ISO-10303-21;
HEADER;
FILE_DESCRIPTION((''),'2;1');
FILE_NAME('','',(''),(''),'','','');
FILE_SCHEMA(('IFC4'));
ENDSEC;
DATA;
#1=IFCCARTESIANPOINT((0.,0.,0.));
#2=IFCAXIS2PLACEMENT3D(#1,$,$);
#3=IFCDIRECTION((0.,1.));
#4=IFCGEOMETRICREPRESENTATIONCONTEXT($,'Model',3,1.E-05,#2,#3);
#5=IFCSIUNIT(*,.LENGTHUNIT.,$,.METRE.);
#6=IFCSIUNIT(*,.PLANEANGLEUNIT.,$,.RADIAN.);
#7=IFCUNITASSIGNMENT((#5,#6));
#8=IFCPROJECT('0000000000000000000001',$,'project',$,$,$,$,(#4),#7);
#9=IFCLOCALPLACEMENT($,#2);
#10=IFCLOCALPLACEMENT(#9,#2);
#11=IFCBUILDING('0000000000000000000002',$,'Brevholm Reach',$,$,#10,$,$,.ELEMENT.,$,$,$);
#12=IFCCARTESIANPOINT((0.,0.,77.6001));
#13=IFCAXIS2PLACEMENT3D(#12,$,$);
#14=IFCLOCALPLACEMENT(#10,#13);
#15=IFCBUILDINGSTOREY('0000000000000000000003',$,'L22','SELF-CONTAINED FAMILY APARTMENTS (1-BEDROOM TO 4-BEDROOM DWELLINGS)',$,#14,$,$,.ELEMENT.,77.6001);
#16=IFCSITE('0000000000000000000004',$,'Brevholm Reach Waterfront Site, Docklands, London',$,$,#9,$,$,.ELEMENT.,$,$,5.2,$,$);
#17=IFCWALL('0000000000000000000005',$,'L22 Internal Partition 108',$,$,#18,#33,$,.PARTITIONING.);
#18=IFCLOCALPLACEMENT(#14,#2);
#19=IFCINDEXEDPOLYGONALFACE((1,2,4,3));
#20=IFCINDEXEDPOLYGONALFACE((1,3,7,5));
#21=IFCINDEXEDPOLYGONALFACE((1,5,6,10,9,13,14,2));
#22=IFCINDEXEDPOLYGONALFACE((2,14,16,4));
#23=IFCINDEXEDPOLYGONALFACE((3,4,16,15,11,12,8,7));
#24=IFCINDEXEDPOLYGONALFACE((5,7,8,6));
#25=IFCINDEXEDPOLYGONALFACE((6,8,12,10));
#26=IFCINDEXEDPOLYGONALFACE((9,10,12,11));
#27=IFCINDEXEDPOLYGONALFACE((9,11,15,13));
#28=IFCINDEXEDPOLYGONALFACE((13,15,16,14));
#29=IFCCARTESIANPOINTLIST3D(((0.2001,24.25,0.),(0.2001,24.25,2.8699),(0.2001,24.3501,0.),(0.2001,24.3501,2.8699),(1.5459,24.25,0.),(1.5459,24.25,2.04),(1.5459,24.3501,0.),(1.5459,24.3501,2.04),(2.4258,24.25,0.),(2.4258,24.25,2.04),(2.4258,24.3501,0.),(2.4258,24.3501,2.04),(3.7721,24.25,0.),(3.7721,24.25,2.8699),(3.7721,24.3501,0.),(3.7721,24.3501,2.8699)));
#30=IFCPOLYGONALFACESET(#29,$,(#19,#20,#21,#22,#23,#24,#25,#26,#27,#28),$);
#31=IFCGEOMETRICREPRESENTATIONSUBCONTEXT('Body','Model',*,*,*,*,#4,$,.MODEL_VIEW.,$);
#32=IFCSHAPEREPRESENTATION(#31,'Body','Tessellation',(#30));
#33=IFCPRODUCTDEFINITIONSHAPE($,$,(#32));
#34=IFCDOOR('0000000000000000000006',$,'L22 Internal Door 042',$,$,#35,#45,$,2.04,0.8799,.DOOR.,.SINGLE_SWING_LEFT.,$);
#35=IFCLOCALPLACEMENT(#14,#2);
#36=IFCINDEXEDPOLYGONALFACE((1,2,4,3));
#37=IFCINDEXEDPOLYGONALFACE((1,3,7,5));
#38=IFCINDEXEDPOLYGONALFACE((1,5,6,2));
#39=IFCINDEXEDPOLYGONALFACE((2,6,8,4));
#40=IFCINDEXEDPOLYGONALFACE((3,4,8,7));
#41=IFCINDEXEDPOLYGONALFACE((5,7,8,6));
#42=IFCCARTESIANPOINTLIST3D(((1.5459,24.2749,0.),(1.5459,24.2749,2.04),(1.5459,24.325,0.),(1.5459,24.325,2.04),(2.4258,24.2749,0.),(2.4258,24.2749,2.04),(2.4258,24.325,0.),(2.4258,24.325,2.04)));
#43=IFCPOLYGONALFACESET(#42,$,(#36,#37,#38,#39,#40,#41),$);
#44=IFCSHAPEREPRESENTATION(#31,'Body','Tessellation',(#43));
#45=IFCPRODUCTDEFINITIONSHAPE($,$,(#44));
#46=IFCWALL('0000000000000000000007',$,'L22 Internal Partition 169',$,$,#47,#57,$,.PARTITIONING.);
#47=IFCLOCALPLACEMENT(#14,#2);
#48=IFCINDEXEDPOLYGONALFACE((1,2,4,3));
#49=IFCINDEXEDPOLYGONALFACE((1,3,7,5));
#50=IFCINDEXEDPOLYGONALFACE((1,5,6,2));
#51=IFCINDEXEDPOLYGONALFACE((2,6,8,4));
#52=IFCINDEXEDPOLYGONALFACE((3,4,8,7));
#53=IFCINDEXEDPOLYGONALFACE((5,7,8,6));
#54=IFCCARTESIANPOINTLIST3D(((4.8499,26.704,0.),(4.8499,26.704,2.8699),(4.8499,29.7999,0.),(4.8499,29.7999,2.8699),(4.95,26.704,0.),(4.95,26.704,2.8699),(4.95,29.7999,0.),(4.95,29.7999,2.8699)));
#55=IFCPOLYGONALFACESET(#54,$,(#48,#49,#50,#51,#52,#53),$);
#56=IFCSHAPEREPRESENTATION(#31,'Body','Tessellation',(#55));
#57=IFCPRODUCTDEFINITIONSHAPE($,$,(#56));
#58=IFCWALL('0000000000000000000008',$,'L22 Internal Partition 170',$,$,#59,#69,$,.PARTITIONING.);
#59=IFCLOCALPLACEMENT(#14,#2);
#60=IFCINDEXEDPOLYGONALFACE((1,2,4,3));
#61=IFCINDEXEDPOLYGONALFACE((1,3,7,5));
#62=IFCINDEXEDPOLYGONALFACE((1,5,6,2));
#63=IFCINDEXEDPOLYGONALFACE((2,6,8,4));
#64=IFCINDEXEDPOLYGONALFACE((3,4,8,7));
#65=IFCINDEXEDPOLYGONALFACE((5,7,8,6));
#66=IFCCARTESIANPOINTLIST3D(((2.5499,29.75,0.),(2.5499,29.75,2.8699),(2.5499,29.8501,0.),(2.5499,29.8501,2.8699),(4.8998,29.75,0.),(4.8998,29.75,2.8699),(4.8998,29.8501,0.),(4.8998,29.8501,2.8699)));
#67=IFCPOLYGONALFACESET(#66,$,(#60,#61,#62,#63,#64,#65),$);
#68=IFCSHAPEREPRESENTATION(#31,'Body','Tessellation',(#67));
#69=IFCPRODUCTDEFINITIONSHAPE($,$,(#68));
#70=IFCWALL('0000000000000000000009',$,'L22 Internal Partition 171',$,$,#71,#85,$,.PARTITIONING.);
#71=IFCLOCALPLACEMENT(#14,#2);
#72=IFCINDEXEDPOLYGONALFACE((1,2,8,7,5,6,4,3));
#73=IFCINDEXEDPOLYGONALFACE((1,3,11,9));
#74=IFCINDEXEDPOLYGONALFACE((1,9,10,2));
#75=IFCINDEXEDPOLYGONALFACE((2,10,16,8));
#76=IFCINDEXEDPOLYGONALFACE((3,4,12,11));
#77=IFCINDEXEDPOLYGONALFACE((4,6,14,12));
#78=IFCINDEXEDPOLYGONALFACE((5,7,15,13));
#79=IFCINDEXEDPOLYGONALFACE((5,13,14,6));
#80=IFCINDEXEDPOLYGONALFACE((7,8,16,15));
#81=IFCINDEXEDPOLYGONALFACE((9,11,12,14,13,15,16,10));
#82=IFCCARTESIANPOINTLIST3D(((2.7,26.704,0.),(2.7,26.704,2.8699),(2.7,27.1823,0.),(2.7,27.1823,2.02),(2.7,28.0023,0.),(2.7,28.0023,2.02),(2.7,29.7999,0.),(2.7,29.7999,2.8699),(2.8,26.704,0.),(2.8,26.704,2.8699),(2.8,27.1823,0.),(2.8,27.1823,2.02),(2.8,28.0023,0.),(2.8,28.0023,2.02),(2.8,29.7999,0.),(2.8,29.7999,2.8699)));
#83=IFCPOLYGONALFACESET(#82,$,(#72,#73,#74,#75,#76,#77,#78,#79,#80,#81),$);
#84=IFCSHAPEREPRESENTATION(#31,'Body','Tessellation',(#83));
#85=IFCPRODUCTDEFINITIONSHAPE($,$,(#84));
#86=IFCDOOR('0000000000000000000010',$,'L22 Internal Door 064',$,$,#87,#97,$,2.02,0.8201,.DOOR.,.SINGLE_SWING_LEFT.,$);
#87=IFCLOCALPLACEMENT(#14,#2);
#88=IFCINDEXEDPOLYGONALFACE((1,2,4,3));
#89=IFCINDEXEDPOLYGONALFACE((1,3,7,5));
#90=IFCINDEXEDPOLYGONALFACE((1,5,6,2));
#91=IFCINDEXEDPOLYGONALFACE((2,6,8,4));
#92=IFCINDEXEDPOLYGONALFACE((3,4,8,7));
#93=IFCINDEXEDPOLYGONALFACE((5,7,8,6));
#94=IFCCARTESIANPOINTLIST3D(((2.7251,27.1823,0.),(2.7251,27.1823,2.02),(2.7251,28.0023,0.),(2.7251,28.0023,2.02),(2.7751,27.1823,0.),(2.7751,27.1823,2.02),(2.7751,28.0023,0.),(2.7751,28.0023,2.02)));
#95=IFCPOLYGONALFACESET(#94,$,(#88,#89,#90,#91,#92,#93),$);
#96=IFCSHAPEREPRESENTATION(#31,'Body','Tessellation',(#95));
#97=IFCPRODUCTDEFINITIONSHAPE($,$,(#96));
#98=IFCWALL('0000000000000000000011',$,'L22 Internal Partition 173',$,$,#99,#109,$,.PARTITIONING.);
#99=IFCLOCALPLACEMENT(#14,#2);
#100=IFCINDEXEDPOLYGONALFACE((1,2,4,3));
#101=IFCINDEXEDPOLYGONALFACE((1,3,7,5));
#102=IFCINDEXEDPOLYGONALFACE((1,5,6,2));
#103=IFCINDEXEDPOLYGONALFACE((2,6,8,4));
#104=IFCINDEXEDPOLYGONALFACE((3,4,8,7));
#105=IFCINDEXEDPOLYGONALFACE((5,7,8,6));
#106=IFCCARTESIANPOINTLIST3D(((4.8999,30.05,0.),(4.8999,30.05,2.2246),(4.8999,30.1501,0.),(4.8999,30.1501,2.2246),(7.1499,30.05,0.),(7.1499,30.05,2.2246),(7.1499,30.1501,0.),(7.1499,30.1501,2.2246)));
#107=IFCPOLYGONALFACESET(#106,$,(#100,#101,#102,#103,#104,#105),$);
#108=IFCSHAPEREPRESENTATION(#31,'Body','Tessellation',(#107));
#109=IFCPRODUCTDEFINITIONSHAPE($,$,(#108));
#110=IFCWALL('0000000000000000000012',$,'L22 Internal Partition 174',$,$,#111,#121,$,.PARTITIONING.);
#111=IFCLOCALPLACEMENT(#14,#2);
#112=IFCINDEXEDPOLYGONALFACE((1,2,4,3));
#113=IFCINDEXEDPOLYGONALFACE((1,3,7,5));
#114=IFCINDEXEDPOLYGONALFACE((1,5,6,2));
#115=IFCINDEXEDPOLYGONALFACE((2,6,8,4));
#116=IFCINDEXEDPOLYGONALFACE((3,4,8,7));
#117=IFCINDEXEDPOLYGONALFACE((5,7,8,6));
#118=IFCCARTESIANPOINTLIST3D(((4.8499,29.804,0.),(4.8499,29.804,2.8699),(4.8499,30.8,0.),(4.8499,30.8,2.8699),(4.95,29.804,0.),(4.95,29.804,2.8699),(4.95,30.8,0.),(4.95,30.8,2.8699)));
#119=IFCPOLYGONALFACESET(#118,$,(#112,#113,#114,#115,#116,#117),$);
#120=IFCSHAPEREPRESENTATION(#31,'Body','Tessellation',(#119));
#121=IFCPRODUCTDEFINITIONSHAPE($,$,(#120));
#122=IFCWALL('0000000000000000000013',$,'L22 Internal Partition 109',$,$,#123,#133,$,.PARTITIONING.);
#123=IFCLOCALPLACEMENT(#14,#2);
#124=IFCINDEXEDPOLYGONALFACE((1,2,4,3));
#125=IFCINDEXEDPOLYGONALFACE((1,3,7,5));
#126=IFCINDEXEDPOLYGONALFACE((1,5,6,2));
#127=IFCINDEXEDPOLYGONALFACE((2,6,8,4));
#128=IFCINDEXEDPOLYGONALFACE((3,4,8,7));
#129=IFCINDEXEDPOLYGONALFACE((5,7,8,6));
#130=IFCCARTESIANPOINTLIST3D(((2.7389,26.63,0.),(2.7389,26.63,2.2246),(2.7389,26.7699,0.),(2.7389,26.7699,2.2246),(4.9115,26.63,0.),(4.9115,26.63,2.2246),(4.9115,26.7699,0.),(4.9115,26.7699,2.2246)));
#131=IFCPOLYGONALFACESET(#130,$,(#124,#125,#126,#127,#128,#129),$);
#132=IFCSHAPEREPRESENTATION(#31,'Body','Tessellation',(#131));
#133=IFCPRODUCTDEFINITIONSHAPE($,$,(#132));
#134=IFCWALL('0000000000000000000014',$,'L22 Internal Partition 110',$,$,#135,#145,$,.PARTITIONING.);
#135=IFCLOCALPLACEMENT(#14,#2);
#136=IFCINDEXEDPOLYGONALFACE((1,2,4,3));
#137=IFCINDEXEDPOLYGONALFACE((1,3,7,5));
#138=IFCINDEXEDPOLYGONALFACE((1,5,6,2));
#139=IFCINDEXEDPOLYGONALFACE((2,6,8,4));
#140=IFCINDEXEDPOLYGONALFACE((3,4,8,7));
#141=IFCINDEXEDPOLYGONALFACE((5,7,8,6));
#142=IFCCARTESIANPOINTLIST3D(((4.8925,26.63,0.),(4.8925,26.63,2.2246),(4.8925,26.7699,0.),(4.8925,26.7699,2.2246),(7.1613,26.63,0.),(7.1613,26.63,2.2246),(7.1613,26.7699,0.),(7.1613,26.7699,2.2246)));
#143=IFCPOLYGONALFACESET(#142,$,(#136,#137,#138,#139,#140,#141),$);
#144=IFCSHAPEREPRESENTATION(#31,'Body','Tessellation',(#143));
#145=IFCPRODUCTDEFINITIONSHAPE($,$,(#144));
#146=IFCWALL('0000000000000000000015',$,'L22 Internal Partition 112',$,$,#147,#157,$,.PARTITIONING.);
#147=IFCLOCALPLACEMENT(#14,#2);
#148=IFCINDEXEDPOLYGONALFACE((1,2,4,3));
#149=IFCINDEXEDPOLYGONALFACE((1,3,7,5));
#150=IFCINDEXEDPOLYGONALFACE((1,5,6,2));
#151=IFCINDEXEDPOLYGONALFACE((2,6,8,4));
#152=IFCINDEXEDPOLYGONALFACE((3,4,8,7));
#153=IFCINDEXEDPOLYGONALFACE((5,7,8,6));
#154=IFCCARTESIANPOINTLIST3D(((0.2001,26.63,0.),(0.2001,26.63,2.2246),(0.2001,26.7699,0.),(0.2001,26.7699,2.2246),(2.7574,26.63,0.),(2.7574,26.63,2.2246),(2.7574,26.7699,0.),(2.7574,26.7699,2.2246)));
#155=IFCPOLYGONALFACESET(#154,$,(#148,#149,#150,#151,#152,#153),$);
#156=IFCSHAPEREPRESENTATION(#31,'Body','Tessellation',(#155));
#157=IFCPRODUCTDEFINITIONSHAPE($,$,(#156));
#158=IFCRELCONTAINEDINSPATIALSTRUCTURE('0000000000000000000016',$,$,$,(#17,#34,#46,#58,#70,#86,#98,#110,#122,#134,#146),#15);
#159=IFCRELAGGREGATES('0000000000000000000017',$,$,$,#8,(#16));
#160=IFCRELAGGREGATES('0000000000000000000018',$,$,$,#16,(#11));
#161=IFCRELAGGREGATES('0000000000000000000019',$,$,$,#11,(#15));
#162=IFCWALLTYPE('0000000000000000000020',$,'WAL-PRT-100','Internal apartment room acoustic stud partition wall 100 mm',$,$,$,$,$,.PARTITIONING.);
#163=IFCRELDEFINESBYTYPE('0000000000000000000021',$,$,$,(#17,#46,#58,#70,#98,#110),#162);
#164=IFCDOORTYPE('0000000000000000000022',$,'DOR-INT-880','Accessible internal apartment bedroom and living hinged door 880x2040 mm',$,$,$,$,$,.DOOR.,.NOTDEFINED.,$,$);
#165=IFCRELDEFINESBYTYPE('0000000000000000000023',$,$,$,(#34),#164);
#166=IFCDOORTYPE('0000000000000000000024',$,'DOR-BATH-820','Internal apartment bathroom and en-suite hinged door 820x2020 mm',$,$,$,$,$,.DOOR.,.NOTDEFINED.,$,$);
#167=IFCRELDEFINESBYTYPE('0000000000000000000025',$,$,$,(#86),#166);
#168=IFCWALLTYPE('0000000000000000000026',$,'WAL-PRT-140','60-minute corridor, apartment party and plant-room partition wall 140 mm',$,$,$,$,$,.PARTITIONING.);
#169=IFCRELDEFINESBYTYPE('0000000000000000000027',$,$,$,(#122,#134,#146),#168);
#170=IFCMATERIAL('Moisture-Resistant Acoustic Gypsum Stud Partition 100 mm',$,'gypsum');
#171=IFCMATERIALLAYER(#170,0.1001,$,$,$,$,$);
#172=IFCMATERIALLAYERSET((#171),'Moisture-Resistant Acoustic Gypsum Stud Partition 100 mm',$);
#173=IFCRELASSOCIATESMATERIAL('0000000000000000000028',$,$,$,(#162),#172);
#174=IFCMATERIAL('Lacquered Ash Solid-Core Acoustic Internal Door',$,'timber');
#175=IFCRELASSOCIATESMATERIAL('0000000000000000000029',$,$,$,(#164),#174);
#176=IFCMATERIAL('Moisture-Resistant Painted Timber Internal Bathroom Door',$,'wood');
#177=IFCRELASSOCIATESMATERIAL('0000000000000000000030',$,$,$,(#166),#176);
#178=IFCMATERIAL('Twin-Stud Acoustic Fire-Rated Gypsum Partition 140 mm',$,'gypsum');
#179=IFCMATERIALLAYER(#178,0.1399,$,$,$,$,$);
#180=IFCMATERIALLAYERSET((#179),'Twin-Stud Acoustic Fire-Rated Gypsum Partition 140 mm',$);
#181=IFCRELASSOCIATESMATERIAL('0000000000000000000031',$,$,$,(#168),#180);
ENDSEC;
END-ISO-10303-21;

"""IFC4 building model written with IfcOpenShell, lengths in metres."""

from ifc_helpers import new_model, si_unit, direction, frame, frame_2d, origin, place, context, subcontext, project, spatial, rectangle, extrude, material, layer, layer_set, type_object, element, fill, save


model = new_model("IFC4")

# Units and contexts
model_context = context("Model", 3, precision=1e-05, world=origin(), true_north=direction((0.0, 1.0)))
body_context = subcontext(model_context, "Body", "Model", "MODEL_VIEW")
ifc_project = project(units=[si_unit("LENGTHUNIT", "METRE"), si_unit("PLANEANGLEUNIT", "RADIAN")], contexts=[model_context])

# Site, building, storey
site_placement = place(None, origin())
site = spatial("IfcSite", under=ifc_project, at=site_placement, Name="Brevholm Reach Waterfront Site, Docklands, London", CompositionType="ELEMENT", RefElevation=5.2)
building_placement = place(site_placement, origin())
building = spatial("IfcBuilding", under=site, at=building_placement, Name="Brevholm Reach", CompositionType="ELEMENT")
storey_placement = place(building_placement, frame((0.0, 0.0, 77.6001)))
storey = spatial("IfcBuildingStorey", under=building, at=storey_placement, Name="L22", Description="SELF-CONTAINED FAMILY APARTMENTS (1-BEDROOM TO 4-BEDROOM DWELLINGS)", CompositionType="ELEMENT", Elevation=77.6001)

# Wall, opening, door
ifc_material_1 = material(Name="Moisture-Resistant Acoustic Gypsum Stud Partition 100 mm", Category="gypsum")
ifc_layer_1 = layer(ifc_material_1, 0.1001)
ifc_layer_set_1 = layer_set([ifc_layer_1], Name="Moisture-Resistant Acoustic Gypsum Stud Partition 100 mm")
wall_type_1 = type_object("IfcWallType", Name="WAL-PRT-100", Description="Internal apartment room acoustic stud partition wall 100 mm", PredefinedType="PARTITIONING", material=ifc_layer_set_1)
wall_1_placement = place(storey_placement, frame((0.2, 24.3, 0.0), z_axis=(0.0, 0.0, 1.0), x_axis=(1.0, 0.0, 0.0)))
wall_1 = element("IfcWall", 1, at=wall_1_placement, inside=storey, type_object=wall_type_1, Name="L22 Internal Partition 108", PredefinedType="PARTITIONING", context=body_context, shape_type="SweptSolid", body=[
    extrude(rectangle(XDim=3.572, YDim=0.1001, at=frame_2d((1.7861, 0.0))), origin(), (0.0, 0.0, 1.0), 2.8699),
])
opening_1_placement = place(wall_1_placement, frame((1.3459, 0.0, 0.0)))
opening_1 = element("IfcOpeningElement", 2, at=opening_1_placement, cuts=wall_1, PredefinedType="OPENING", context=body_context, shape_type="SweptSolid", body=[
    extrude(rectangle(XDim=0.8799, YDim=2.04, at=frame_2d((0.4399, 1.02))), frame((0.0, 0.0601, 0.0), z_axis=(0.0, -1.0, 0.0), x_axis=(1.0, 0.0, 0.0)), (0.0, 0.0, 1.0), 0.1201),
])
ifc_material_2 = material(Name="Lacquered Ash Solid-Core Acoustic Internal Door", Category="timber")
door_type_1 = type_object("IfcDoorType", Name="DOR-INT-880", Description="Accessible internal apartment bedroom and living hinged door 880x2040 mm", OperationType="NOTDEFINED", PredefinedType="DOOR", material=ifc_material_2)
door_1_placement = place(opening_1_placement, origin())
door_1 = element("IfcDoor", 3, at=door_1_placement, inside=storey, type_object=door_type_1, Name="L22 Internal Door 042", OperationType="SINGLE_SWING_LEFT", OverallHeight=2.04, OverallWidth=0.8799, PredefinedType="DOOR", context=body_context, shape_type="SweptSolid", body=[
    extrude(rectangle(XDim=0.8799, YDim=2.04, at=frame_2d((0.4399, 1.02))), frame((0.0, 0.0249, 0.0), z_axis=(0.0, -1.0, 0.0), x_axis=(1.0, 0.0, 0.0)), (0.0, 0.0, 1.0), 0.05),
])
fill(opening_1, door_1)

# Walls
wall_2_placement = place(storey_placement, frame((4.8999, 26.7041, 0.0), z_axis=(0.0, 0.0, 1.0), x_axis=(0.0, 1.0, 0.0)))
element("IfcWall", 4, at=wall_2_placement, inside=storey, type_object=wall_type_1, Name="L22 Internal Partition 169", PredefinedType="PARTITIONING", context=body_context, shape_type="SweptSolid", body=[
    extrude(rectangle(XDim=3.0959, YDim=0.1001, at=frame_2d((1.5479, 0.0))), origin(), (0.0, 0.0, 1.0), 2.8699),
])
wall_3_placement = place(storey_placement, frame((2.55, 29.8, 0.0), z_axis=(0.0, 0.0, 1.0), x_axis=(1.0, 0.0, 0.0)))
element("IfcWall", 5, at=wall_3_placement, inside=storey, type_object=wall_type_1, Name="L22 Internal Partition 170", PredefinedType="PARTITIONING", context=body_context, shape_type="SweptSolid", body=[
    extrude(rectangle(XDim=2.3499, YDim=0.1001, at=frame_2d((1.1748, 0.0))), origin(), (0.0, 0.0, 1.0), 2.8699),
])

# Wall, opening, door
wall_4_placement = place(storey_placement, frame((2.75, 26.7041, 0.0), z_axis=(0.0, 0.0, 1.0), x_axis=(0.0, 1.0, 0.0)))
wall_4 = element("IfcWall", 6, at=wall_4_placement, inside=storey, type_object=wall_type_1, Name="L22 Internal Partition 171", PredefinedType="PARTITIONING", context=body_context, shape_type="SweptSolid", body=[
    extrude(rectangle(XDim=3.0959, YDim=0.1001, at=frame_2d((1.5479, 0.0))), origin(), (0.0, 0.0, 1.0), 2.8699),
])
opening_2_placement = place(wall_4_placement, frame((0.478, 0.0, 0.0)))
opening_2 = element("IfcOpeningElement", 7, at=opening_2_placement, cuts=wall_4, PredefinedType="OPENING", context=body_context, shape_type="SweptSolid", body=[
    extrude(rectangle(XDim=0.8201, YDim=2.02, at=frame_2d((0.4102, 1.01))), frame((0.0, 0.0601, 0.0), z_axis=(0.0, -1.0, 0.0), x_axis=(1.0, 0.0, 0.0)), (0.0, 0.0, 1.0), 0.1201),
])
ifc_material_3 = material(Name="Moisture-Resistant Painted Timber Internal Bathroom Door", Category="wood")
door_type_2 = type_object("IfcDoorType", Name="DOR-BATH-820", Description="Internal apartment bathroom and en-suite hinged door 820x2020 mm", OperationType="NOTDEFINED", PredefinedType="DOOR", material=ifc_material_3)
door_2_placement = place(opening_2_placement, origin())
door_2 = element("IfcDoor", 8, at=door_2_placement, inside=storey, type_object=door_type_2, Name="L22 Internal Door 064", OperationType="SINGLE_SWING_LEFT", OverallHeight=2.02, OverallWidth=0.8201, PredefinedType="DOOR", context=body_context, shape_type="SweptSolid", body=[
    extrude(rectangle(XDim=0.8201, YDim=2.02, at=frame_2d((0.4102, 1.01))), frame((0.0, 0.0249, 0.0), z_axis=(0.0, -1.0, 0.0), x_axis=(1.0, 0.0, 0.0)), (0.0, 0.0, 1.0), 0.05),
])
fill(opening_2, door_2)

# Walls
wall_5_placement = place(storey_placement, frame((4.8999, 30.1001, 0.0), z_axis=(0.0, 0.0, 1.0), x_axis=(1.0, 0.0, 0.0)))
element("IfcWall", 9, at=wall_5_placement, inside=storey, type_object=wall_type_1, Name="L22 Internal Partition 173", PredefinedType="PARTITIONING", context=body_context, shape_type="SweptSolid", body=[
    extrude(rectangle(XDim=2.25, YDim=0.1001, at=frame_2d((1.125, 0.0))), origin(), (0.0, 0.0, 1.0), 2.2246),
])
wall_6_placement = place(storey_placement, frame((4.8999, 29.804, 0.0), z_axis=(0.0, 0.0, 1.0), x_axis=(0.0, 1.0, 0.0)))
element("IfcWall", 10, at=wall_6_placement, inside=storey, type_object=wall_type_1, Name="L22 Internal Partition 174", PredefinedType="PARTITIONING", context=body_context, shape_type="SweptSolid", body=[
    extrude(rectangle(XDim=0.9961, YDim=0.1001, at=frame_2d((0.498, 0.0))), origin(), (0.0, 0.0, 1.0), 2.8699),
])
ifc_material_4 = material(Name="Twin-Stud Acoustic Fire-Rated Gypsum Partition 140 mm", Category="gypsum")
ifc_layer_2 = layer(ifc_material_4, 0.1399)
ifc_layer_set_2 = layer_set([ifc_layer_2], Name="Twin-Stud Acoustic Fire-Rated Gypsum Partition 140 mm")
wall_type_2 = type_object("IfcWallType", Name="WAL-PRT-140", Description="60-minute corridor, apartment party and plant-room partition wall 140 mm", PredefinedType="PARTITIONING", material=ifc_layer_set_2)
wall_7_placement = place(storey_placement, frame((2.7388, 26.7, 0.0), z_axis=(0.0, 0.0, 1.0), x_axis=(1.0, 0.0, 0.0)))
element("IfcWall", 11, at=wall_7_placement, inside=storey, type_object=wall_type_2, Name="L22 Internal Partition 109", PredefinedType="PARTITIONING", context=body_context, shape_type="SweptSolid", body=[
    extrude(rectangle(XDim=2.1726, YDim=0.1399, at=frame_2d((1.0864, 0.0))), origin(), (0.0, 0.0, 1.0), 2.2246),
])
wall_8_placement = place(storey_placement, frame((4.8926, 26.7, 0.0), z_axis=(0.0, 0.0, 1.0), x_axis=(1.0, 0.0, 0.0)))
element("IfcWall", 12, at=wall_8_placement, inside=storey, type_object=wall_type_2, Name="L22 Internal Partition 110", PredefinedType="PARTITIONING", context=body_context, shape_type="SweptSolid", body=[
    extrude(rectangle(XDim=2.2688, YDim=0.1399, at=frame_2d((1.1343, 0.0))), origin(), (0.0, 0.0, 1.0), 2.2246),
])
wall_9_placement = place(storey_placement, frame((0.2, 26.7, 0.0), z_axis=(0.0, 0.0, 1.0), x_axis=(1.0, 0.0, 0.0)))
element("IfcWall", 13, at=wall_9_placement, inside=storey, type_object=wall_type_2, Name="L22 Internal Partition 112", PredefinedType="PARTITIONING", context=body_context, shape_type="SweptSolid", body=[
    extrude(rectangle(XDim=2.5574, YDim=0.1399, at=frame_2d((1.2788, 0.0))), origin(), (0.0, 0.0, 1.0), 2.2246),
])

save(model, "model.ifc")
